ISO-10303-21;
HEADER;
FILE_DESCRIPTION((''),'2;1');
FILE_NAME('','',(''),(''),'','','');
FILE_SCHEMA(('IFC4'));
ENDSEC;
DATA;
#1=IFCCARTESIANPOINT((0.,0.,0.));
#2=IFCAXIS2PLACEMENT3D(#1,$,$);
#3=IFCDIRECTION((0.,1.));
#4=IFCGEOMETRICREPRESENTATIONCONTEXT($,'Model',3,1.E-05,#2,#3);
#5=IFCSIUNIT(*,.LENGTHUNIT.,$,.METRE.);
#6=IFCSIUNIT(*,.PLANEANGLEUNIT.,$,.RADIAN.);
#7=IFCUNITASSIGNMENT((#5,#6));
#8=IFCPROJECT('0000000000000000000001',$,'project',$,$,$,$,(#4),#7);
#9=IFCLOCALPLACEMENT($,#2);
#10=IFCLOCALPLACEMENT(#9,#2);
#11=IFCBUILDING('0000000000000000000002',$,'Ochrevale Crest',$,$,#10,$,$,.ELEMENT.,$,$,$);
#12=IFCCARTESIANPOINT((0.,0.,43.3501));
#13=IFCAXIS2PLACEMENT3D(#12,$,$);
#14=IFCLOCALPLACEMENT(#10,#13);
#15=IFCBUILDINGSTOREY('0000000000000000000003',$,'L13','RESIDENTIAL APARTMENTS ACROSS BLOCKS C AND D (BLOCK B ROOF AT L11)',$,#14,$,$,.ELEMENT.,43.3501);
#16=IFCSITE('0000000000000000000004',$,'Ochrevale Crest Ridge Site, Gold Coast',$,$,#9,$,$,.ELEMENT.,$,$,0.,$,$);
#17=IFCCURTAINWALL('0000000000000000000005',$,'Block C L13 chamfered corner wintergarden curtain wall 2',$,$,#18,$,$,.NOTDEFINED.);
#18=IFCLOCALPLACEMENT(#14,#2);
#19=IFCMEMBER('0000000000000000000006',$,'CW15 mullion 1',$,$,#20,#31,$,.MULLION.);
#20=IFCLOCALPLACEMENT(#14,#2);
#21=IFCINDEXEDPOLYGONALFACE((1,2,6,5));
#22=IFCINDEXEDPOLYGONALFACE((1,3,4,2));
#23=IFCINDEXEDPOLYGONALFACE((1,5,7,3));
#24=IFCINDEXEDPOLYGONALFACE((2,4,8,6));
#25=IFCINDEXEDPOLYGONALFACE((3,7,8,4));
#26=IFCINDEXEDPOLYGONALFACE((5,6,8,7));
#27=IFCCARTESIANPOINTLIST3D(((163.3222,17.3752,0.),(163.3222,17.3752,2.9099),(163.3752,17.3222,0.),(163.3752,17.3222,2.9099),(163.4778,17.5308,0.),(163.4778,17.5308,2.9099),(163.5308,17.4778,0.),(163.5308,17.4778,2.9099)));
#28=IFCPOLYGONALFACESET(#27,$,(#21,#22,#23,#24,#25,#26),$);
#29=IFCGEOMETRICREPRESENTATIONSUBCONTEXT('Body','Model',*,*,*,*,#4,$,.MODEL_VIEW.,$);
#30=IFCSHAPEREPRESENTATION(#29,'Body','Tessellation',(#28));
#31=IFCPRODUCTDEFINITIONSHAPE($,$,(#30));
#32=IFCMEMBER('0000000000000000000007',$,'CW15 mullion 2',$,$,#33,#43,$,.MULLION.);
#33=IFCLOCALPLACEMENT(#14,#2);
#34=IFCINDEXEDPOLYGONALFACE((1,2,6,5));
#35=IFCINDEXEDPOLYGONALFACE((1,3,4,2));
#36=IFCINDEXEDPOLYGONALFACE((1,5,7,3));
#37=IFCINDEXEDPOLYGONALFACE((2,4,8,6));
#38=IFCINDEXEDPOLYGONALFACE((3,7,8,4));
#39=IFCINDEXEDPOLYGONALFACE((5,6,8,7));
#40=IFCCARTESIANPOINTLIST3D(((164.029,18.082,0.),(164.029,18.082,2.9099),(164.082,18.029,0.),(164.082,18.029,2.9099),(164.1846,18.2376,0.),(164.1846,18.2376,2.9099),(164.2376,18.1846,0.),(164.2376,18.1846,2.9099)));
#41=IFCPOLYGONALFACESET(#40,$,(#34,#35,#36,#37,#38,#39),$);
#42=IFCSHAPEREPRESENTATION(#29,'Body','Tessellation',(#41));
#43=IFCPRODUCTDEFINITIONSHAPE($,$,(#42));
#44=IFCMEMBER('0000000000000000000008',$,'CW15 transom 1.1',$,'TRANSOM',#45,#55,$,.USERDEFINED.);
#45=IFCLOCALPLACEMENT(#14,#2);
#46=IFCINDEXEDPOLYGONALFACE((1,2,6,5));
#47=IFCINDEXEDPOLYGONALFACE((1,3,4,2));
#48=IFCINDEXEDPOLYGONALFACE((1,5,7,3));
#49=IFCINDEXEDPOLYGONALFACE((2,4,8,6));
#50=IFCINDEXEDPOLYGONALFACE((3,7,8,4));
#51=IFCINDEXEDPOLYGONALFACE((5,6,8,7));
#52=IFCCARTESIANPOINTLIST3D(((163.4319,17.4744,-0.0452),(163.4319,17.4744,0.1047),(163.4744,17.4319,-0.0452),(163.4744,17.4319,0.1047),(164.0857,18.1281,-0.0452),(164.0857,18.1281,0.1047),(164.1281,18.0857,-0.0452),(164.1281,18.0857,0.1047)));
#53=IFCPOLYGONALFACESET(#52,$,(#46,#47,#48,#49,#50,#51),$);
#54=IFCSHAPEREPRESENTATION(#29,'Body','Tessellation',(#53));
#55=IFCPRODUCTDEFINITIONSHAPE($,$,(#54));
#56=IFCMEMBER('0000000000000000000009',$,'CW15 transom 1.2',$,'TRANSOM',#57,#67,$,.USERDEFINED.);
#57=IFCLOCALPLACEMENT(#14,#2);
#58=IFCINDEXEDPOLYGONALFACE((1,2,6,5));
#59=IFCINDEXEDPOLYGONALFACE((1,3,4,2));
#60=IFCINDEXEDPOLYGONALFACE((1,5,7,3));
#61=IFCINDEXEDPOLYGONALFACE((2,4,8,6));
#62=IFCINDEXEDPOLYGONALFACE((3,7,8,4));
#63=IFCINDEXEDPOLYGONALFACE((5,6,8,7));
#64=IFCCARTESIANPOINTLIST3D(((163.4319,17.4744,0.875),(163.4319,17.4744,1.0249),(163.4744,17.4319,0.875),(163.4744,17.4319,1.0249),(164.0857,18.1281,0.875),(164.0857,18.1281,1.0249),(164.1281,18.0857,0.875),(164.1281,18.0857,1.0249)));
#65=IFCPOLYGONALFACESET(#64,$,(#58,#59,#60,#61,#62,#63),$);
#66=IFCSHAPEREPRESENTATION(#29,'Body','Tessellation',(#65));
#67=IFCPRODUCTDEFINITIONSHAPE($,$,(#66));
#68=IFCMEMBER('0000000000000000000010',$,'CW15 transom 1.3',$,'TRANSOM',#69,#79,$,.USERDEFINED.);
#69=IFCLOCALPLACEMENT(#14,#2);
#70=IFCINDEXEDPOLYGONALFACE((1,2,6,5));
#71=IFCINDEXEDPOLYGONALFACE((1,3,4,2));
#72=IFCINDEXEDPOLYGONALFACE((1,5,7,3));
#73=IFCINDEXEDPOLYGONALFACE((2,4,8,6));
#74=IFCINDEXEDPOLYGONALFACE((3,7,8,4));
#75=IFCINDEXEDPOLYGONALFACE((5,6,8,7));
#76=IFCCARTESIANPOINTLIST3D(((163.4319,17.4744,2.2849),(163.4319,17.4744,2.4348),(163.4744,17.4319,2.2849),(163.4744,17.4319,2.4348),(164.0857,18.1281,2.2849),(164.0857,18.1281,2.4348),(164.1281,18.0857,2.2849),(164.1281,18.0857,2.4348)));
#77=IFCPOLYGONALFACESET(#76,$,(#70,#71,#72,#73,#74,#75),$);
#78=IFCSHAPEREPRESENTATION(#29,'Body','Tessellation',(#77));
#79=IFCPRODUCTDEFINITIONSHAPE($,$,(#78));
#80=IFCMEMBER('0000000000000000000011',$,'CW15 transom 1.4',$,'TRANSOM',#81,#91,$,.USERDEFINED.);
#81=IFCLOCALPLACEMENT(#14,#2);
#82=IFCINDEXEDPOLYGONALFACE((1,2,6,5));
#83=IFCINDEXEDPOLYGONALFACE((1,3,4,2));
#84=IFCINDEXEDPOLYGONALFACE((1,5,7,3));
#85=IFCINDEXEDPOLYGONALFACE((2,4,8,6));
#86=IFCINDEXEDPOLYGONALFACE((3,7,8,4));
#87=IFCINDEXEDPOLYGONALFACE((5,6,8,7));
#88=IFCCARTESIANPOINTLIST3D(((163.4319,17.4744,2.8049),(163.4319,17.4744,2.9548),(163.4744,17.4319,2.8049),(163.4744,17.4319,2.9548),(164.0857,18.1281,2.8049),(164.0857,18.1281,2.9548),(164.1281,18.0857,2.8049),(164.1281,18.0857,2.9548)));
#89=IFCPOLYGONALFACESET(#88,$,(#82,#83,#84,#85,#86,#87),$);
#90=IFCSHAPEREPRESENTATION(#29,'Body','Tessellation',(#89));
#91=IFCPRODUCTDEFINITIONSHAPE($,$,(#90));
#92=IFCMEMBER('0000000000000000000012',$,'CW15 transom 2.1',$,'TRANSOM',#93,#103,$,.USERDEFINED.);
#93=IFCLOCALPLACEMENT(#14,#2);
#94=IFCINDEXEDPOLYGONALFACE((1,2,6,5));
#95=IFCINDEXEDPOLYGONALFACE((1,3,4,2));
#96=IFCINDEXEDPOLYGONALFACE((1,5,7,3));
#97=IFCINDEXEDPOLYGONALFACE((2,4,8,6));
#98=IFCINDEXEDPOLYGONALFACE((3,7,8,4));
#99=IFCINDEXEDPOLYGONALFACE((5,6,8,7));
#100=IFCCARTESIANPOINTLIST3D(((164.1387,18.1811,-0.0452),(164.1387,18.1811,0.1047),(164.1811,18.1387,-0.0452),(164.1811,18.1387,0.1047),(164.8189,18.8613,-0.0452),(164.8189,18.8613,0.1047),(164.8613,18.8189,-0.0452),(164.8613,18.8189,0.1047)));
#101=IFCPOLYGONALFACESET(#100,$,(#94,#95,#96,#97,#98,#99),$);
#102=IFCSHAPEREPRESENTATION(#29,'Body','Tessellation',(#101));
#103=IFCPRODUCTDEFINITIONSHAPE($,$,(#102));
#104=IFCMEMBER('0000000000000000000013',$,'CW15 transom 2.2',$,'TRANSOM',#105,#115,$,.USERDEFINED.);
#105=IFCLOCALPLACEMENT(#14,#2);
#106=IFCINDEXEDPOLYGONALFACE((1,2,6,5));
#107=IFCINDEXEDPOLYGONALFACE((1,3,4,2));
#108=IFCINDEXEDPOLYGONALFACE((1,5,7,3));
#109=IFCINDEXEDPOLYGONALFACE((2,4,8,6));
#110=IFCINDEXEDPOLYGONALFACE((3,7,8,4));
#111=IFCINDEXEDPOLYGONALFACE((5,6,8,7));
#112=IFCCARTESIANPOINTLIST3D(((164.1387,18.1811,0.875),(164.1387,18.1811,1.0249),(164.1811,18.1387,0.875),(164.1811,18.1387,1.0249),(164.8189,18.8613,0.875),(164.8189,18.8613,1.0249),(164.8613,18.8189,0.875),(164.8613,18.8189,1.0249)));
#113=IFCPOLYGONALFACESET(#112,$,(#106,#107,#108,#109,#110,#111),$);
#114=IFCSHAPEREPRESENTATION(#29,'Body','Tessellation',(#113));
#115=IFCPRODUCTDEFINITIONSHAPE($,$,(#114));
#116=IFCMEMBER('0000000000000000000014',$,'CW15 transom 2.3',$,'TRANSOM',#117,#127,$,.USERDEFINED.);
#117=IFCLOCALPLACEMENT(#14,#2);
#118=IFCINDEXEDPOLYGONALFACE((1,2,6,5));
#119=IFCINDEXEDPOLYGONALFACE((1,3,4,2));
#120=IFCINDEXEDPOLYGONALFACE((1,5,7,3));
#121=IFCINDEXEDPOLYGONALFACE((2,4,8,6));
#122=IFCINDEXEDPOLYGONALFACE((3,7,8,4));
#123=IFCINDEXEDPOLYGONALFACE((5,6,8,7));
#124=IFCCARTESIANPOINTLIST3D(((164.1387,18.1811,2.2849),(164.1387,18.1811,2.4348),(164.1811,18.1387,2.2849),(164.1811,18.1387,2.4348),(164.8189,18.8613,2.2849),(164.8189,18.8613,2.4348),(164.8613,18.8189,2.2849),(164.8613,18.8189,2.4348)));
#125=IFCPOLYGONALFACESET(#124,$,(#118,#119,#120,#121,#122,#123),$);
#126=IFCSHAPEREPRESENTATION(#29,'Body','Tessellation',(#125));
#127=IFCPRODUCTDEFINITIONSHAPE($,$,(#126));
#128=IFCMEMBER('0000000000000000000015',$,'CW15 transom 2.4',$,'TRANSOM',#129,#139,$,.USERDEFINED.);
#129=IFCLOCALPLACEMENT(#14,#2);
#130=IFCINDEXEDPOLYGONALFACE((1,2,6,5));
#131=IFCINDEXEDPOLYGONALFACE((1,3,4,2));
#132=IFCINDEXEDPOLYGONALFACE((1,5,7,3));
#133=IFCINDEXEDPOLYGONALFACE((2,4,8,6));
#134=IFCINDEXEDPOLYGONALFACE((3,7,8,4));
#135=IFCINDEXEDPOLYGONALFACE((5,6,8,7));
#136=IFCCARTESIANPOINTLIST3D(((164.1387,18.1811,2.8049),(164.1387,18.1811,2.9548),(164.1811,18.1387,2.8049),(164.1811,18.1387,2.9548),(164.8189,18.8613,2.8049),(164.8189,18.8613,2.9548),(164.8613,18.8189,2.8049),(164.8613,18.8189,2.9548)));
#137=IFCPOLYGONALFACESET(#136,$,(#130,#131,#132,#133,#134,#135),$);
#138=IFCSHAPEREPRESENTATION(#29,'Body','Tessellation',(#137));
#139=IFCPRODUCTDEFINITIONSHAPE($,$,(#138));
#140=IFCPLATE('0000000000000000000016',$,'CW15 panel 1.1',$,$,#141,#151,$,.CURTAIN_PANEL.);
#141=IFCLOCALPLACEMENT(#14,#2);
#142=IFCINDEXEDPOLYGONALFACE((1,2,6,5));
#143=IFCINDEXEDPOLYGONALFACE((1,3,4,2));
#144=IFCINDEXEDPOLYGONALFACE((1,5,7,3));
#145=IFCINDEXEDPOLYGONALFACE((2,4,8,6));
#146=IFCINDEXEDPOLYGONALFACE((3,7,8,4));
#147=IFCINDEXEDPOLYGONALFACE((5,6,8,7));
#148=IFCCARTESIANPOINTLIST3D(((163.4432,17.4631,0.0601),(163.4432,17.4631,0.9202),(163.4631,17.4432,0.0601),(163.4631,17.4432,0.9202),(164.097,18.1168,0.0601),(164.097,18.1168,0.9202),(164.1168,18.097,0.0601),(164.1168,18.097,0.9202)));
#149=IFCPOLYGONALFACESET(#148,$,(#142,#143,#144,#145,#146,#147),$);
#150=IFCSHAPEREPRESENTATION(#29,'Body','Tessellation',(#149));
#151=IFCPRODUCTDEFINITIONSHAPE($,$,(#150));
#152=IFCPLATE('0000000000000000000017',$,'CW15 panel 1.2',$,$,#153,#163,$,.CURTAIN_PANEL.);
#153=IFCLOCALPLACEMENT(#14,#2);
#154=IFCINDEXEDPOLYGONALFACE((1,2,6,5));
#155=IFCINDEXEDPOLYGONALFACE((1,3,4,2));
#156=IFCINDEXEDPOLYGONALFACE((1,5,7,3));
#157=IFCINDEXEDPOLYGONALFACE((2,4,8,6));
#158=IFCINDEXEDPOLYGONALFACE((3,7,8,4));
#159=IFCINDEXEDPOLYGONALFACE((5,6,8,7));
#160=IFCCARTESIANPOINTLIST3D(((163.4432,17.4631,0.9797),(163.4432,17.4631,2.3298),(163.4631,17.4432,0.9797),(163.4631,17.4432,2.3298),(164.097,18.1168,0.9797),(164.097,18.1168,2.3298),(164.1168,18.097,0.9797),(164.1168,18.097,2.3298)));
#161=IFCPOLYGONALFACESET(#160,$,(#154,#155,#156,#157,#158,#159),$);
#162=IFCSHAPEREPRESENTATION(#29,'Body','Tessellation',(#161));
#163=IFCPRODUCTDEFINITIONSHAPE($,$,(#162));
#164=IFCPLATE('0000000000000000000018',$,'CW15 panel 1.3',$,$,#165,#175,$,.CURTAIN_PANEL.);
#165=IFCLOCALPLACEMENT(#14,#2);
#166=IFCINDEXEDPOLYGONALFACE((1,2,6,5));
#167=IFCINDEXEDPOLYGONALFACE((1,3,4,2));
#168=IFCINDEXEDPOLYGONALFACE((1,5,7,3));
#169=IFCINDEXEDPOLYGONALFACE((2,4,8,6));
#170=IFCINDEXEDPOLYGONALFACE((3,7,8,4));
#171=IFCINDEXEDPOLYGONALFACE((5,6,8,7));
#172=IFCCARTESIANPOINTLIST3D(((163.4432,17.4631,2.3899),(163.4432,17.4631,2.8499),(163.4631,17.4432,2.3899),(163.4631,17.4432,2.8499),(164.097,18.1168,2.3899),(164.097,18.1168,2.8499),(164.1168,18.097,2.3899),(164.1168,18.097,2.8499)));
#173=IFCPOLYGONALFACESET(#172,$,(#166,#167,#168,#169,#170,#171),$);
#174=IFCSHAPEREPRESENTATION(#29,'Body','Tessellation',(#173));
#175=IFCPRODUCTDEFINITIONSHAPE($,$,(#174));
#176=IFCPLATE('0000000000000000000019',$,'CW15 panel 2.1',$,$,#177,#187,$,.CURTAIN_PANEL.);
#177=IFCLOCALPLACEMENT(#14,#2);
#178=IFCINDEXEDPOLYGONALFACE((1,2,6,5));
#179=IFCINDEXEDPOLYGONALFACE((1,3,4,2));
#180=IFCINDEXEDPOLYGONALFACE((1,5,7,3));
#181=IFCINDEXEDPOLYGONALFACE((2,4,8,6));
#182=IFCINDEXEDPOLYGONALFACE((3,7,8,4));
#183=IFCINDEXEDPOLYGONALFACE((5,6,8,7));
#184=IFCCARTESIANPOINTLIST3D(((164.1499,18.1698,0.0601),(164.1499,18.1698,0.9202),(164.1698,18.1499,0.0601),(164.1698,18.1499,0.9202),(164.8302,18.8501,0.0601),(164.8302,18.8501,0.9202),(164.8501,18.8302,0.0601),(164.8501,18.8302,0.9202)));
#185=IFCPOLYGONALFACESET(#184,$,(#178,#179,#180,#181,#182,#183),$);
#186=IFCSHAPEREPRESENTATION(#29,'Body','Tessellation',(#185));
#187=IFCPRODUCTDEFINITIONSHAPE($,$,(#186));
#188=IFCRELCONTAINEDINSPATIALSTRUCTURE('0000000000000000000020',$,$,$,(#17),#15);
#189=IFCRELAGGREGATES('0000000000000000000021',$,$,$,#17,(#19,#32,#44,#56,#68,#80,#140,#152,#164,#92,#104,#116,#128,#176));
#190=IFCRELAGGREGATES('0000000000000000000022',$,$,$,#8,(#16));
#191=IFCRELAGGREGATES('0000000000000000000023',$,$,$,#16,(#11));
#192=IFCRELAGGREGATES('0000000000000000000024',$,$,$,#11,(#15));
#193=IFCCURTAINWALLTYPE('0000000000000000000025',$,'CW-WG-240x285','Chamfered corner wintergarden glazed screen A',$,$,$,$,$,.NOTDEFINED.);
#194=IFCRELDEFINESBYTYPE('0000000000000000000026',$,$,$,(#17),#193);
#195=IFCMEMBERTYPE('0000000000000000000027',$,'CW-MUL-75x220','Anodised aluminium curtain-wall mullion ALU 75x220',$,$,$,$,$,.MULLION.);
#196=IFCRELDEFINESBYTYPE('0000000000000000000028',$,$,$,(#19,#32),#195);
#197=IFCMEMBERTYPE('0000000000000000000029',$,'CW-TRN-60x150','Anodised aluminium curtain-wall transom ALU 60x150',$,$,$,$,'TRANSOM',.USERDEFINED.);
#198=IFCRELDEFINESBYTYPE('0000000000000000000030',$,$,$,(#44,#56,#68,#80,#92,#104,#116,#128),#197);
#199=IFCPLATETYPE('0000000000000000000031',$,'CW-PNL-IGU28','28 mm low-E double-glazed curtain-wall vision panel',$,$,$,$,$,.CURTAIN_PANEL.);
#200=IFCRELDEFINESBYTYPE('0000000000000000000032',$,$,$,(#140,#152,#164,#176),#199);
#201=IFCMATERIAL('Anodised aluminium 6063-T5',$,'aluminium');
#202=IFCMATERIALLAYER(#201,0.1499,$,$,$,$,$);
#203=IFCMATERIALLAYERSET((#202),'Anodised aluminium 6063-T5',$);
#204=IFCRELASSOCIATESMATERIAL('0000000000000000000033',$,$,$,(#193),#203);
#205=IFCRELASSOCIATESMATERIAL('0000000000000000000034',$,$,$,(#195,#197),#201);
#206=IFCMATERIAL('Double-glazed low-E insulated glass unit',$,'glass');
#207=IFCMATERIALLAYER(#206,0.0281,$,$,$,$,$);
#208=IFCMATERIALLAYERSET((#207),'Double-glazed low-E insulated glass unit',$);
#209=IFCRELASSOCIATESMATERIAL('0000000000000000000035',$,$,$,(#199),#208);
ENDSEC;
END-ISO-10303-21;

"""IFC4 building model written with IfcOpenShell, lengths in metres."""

from ifc_helpers import new_model, si_unit, direction, frame, origin, origin_2d, place, context, subcontext, project, spatial, rectangle, extrude, material, layer, layer_set, material_profile, profile_set, type_object, element, aggregate, save


model = new_model("IFC4")

# Units and contexts
model_context = context("Model", 3, precision=1e-05, world=origin(), true_north=direction((0.0, 1.0)))
body_context = subcontext(model_context, "Body", "Model", "MODEL_VIEW")
ifc_project = project(units=[si_unit("LENGTHUNIT", "METRE"), si_unit("PLANEANGLEUNIT", "RADIAN")], contexts=[model_context])

# Site, building, storey
site_placement = place(None, origin())
site = spatial("IfcSite", under=ifc_project, at=site_placement, Name="Ochrevale Crest Ridge Site, Gold Coast", CompositionType="ELEMENT", RefElevation=0.0)
building_placement = place(site_placement, origin())
building = spatial("IfcBuilding", under=site, at=building_placement, Name="Ochrevale Crest", CompositionType="ELEMENT")
storey_placement = place(building_placement, frame((0.0, 0.0, 43.3501)))
storey = spatial("IfcBuildingStorey", under=building, at=storey_placement, Name="L13", Description="RESIDENTIAL APARTMENTS ACROSS BLOCKS C AND D (BLOCK B ROOF AT L11)", CompositionType="ELEMENT", Elevation=43.3501)

# Curtain wall, members, plates
ifc_material_1 = material(Name="Anodised aluminium 6063-T5", Category="aluminium")
ifc_layer_1 = layer(ifc_material_1, 0.1499)
ifc_layer_set_1 = layer_set([ifc_layer_1], Name="Anodised aluminium 6063-T5")
curtain_wall_type = type_object("IfcCurtainWallType", Name="CW-WG-240x285", Description="Chamfered corner wintergarden glazed screen A", PredefinedType="NOTDEFINED", material=ifc_layer_set_1)
curtain_wall_placement = place(storey_placement, origin())
curtain_wall = element("IfcCurtainWall", 1, at=curtain_wall_placement, inside=storey, type_object=curtain_wall_type, Name="Block C L13 chamfered corner wintergarden curtain wall 2", PredefinedType="NOTDEFINED")
ifc_material_profile_1 = material_profile(ifc_material_1, rectangle(XDim=0.075, YDim=0.22, at=origin_2d()), Name="ALU 75x220")
ifc_profile_set_1 = profile_set([ifc_material_profile_1], Name="Anodised aluminium 6063-T5")
member_type_1 = type_object("IfcMemberType", Name="CW-MUL-75x220", Description="Anodised aluminium curtain-wall mullion ALU 75x220", PredefinedType="MULLION", material=ifc_profile_set_1)
member_1_placement = place(storey_placement, frame((163.4265, 17.4265, 0.0), z_axis=(0.0, 0.0, 1.0), x_axis=(-0.707107, 0.707107, 0.0)))
member_1 = element("IfcMember", 2, at=member_1_placement, type_object=member_type_1, Name="CW15 mullion 1", PredefinedType="MULLION", context=body_context, shape_type="SweptSolid", body=[
    extrude(rectangle(XDim=0.075, YDim=0.22, at=origin_2d()), origin(), (0.0, 0.0, 1.0), 2.9099),
])
member_2_placement = place(storey_placement, frame((164.1333, 18.1333, 0.0), z_axis=(0.0, 0.0, 1.0), x_axis=(-0.707107, 0.707107, 0.0)))
member_2 = element("IfcMember", 3, at=member_2_placement, type_object=member_type_1, Name="CW15 mullion 2", PredefinedType="MULLION", context=body_context, shape_type="SweptSolid", body=[
    extrude(rectangle(XDim=0.075, YDim=0.22, at=origin_2d()), origin(), (0.0, 0.0, 1.0), 2.9099),
])
ifc_material_profile_2 = material_profile(ifc_material_1, rectangle(XDim=0.0601, YDim=0.1499, at=origin_2d()), Name="ALU 60x150")
ifc_profile_set_2 = profile_set([ifc_material_profile_2], Name="Anodised aluminium 6063-T5")
member_type_2 = type_object("IfcMemberType", Name="CW-TRN-60x150", Description="Anodised aluminium curtain-wall transom ALU 60x150", ElementType="TRANSOM", PredefinedType="USERDEFINED", material=ifc_profile_set_2)
member_3_placement = place(storey_placement, frame((163.4531, 17.4531, 0.0298), z_axis=(0.707107, 0.707107, 0.0), x_axis=(-0.707107, 0.707107, 0.0)))
member_3 = element("IfcMember", 4, at=member_3_placement, type_object=member_type_2, Name="CW15 transom 1.1", ObjectType="TRANSOM", PredefinedType="USERDEFINED", context=body_context, shape_type="SweptSolid", body=[
    extrude(rectangle(XDim=0.0601, YDim=0.1499, at=origin_2d()), origin(), (0.0, 0.0, 1.0), 0.9246),
])
member_4_placement = place(storey_placement, frame((163.4531, 17.4531, 0.95), z_axis=(0.707107, 0.707107, 0.0), x_axis=(-0.707107, 0.707107, 0.0)))
member_4 = element("IfcMember", 5, at=member_4_placement, type_object=member_type_2, Name="CW15 transom 1.2", ObjectType="TRANSOM", PredefinedType="USERDEFINED", context=body_context, shape_type="SweptSolid", body=[
    extrude(rectangle(XDim=0.0601, YDim=0.1499, at=origin_2d()), origin(), (0.0, 0.0, 1.0), 0.9246),
])
member_5_placement = place(storey_placement, frame((163.4531, 17.4531, 2.3599), z_axis=(0.707107, 0.707107, 0.0), x_axis=(-0.707107, 0.707107, 0.0)))
member_5 = element("IfcMember", 6, at=member_5_placement, type_object=member_type_2, Name="CW15 transom 1.3", ObjectType="TRANSOM", PredefinedType="USERDEFINED", context=body_context, shape_type="SweptSolid", body=[
    extrude(rectangle(XDim=0.0601, YDim=0.1499, at=origin_2d()), origin(), (0.0, 0.0, 1.0), 0.9246),
])
member_6_placement = place(storey_placement, frame((163.4531, 17.4531, 2.8799), z_axis=(0.707107, 0.707107, 0.0), x_axis=(-0.707107, 0.707107, 0.0)))
member_6 = element("IfcMember", 7, at=member_6_placement, type_object=member_type_2, Name="CW15 transom 1.4", ObjectType="TRANSOM", PredefinedType="USERDEFINED", context=body_context, shape_type="SweptSolid", body=[
    extrude(rectangle(XDim=0.0601, YDim=0.1499, at=origin_2d()), origin(), (0.0, 0.0, 1.0), 0.9246),
])
member_7_placement = place(storey_placement, frame((164.1599, 18.1599, 0.0298), z_axis=(0.707107, 0.707107, 0.0), x_axis=(-0.707107, 0.707107, 0.0)))
member_7 = element("IfcMember", 8, at=member_7_placement, type_object=member_type_2, Name="CW15 transom 2.1", ObjectType="TRANSOM", PredefinedType="USERDEFINED", context=body_context, shape_type="SweptSolid", body=[
    extrude(rectangle(XDim=0.0601, YDim=0.1499, at=origin_2d()), origin(), (0.0, 0.0, 1.0), 0.9619),
])
member_8_placement = place(storey_placement, frame((164.1599, 18.1599, 0.95), z_axis=(0.707107, 0.707107, 0.0), x_axis=(-0.707107, 0.707107, 0.0)))
member_8 = element("IfcMember", 9, at=member_8_placement, type_object=member_type_2, Name="CW15 transom 2.2", ObjectType="TRANSOM", PredefinedType="USERDEFINED", context=body_context, shape_type="SweptSolid", body=[
    extrude(rectangle(XDim=0.0601, YDim=0.1499, at=origin_2d()), origin(), (0.0, 0.0, 1.0), 0.9619),
])
member_9_placement = place(storey_placement, frame((164.1599, 18.1599, 2.3599), z_axis=(0.707107, 0.707107, 0.0), x_axis=(-0.707107, 0.707107, 0.0)))
member_9 = element("IfcMember", 10, at=member_9_placement, type_object=member_type_2, Name="CW15 transom 2.3", ObjectType="TRANSOM", PredefinedType="USERDEFINED", context=body_context, shape_type="SweptSolid", body=[
    extrude(rectangle(XDim=0.0601, YDim=0.1499, at=origin_2d()), origin(), (0.0, 0.0, 1.0), 0.9619),
])
member_10_placement = place(storey_placement, frame((164.1599, 18.1599, 2.8799), z_axis=(0.707107, 0.707107, 0.0), x_axis=(-0.707107, 0.707107, 0.0)))
member_10 = element("IfcMember", 11, at=member_10_placement, type_object=member_type_2, Name="CW15 transom 2.4", ObjectType="TRANSOM", PredefinedType="USERDEFINED", context=body_context, shape_type="SweptSolid", body=[
    extrude(rectangle(XDim=0.0601, YDim=0.1499, at=origin_2d()), origin(), (0.0, 0.0, 1.0), 0.9619),
])
ifc_material_2 = material(Name="Double-glazed low-E insulated glass unit", Category="glass")
ifc_layer_2 = layer(ifc_material_2, 0.0281)
ifc_layer_set_2 = layer_set([ifc_layer_2], Name="Double-glazed low-E insulated glass unit")
plate_type = type_object("IfcPlateType", Name="CW-PNL-IGU28", Description="28 mm low-E double-glazed curtain-wall vision panel", PredefinedType="CURTAIN_PANEL", material=ifc_layer_set_2)
plate_1_placement = place(storey_placement, frame((163.78, 17.78, 0.0601), z_axis=(0.0, 0.0, 1.0), x_axis=(0.707107, 0.707107, 0.0)))
plate_1 = element("IfcPlate", 12, at=plate_1_placement, type_object=plate_type, Name="CW15 panel 1.1", PredefinedType="CURTAIN_PANEL", context=body_context, shape_type="SweptSolid", body=[
    extrude(rectangle(XDim=0.9246, YDim=0.0281, at=origin_2d()), origin(), (0.0, 0.0, 1.0), 0.8601),
])
plate_2_placement = place(storey_placement, frame((163.78, 17.78, 0.9797), z_axis=(0.0, 0.0, 1.0), x_axis=(0.707107, 0.707107, 0.0)))
plate_2 = element("IfcPlate", 13, at=plate_2_placement, type_object=plate_type, Name="CW15 panel 1.2", PredefinedType="CURTAIN_PANEL", context=body_context, shape_type="SweptSolid", body=[
    extrude(rectangle(XDim=0.9246, YDim=0.0281, at=origin_2d()), origin(), (0.0, 0.0, 1.0), 1.3501),
])
plate_3_placement = place(storey_placement, frame((163.78, 17.78, 2.3899), z_axis=(0.0, 0.0, 1.0), x_axis=(0.707107, 0.707107, 0.0)))
plate_3 = element("IfcPlate", 14, at=plate_3_placement, type_object=plate_type, Name="CW15 panel 1.3", PredefinedType="CURTAIN_PANEL", context=body_context, shape_type="SweptSolid", body=[
    extrude(rectangle(XDim=0.9246, YDim=0.0281, at=origin_2d()), origin(), (0.0, 0.0, 1.0), 0.46),
])
plate_4_placement = place(storey_placement, frame((164.5, 18.5, 0.0601), z_axis=(0.0, 0.0, 1.0), x_axis=(0.707107, 0.707107, 0.0)))
plate_4 = element("IfcPlate", 15, at=plate_4_placement, type_object=plate_type, Name="CW15 panel 2.1", PredefinedType="CURTAIN_PANEL", context=body_context, shape_type="SweptSolid", body=[
    extrude(rectangle(XDim=0.9622, YDim=0.0281, at=origin_2d()), origin(), (0.0, 0.0, 1.0), 0.8601),
])
aggregate(curtain_wall, [member_1, member_2, member_3, member_4, member_5, member_6, plate_1, plate_2, plate_3, member_7, member_8, member_9, member_10, plate_4])

save(model, "model.ifc")
